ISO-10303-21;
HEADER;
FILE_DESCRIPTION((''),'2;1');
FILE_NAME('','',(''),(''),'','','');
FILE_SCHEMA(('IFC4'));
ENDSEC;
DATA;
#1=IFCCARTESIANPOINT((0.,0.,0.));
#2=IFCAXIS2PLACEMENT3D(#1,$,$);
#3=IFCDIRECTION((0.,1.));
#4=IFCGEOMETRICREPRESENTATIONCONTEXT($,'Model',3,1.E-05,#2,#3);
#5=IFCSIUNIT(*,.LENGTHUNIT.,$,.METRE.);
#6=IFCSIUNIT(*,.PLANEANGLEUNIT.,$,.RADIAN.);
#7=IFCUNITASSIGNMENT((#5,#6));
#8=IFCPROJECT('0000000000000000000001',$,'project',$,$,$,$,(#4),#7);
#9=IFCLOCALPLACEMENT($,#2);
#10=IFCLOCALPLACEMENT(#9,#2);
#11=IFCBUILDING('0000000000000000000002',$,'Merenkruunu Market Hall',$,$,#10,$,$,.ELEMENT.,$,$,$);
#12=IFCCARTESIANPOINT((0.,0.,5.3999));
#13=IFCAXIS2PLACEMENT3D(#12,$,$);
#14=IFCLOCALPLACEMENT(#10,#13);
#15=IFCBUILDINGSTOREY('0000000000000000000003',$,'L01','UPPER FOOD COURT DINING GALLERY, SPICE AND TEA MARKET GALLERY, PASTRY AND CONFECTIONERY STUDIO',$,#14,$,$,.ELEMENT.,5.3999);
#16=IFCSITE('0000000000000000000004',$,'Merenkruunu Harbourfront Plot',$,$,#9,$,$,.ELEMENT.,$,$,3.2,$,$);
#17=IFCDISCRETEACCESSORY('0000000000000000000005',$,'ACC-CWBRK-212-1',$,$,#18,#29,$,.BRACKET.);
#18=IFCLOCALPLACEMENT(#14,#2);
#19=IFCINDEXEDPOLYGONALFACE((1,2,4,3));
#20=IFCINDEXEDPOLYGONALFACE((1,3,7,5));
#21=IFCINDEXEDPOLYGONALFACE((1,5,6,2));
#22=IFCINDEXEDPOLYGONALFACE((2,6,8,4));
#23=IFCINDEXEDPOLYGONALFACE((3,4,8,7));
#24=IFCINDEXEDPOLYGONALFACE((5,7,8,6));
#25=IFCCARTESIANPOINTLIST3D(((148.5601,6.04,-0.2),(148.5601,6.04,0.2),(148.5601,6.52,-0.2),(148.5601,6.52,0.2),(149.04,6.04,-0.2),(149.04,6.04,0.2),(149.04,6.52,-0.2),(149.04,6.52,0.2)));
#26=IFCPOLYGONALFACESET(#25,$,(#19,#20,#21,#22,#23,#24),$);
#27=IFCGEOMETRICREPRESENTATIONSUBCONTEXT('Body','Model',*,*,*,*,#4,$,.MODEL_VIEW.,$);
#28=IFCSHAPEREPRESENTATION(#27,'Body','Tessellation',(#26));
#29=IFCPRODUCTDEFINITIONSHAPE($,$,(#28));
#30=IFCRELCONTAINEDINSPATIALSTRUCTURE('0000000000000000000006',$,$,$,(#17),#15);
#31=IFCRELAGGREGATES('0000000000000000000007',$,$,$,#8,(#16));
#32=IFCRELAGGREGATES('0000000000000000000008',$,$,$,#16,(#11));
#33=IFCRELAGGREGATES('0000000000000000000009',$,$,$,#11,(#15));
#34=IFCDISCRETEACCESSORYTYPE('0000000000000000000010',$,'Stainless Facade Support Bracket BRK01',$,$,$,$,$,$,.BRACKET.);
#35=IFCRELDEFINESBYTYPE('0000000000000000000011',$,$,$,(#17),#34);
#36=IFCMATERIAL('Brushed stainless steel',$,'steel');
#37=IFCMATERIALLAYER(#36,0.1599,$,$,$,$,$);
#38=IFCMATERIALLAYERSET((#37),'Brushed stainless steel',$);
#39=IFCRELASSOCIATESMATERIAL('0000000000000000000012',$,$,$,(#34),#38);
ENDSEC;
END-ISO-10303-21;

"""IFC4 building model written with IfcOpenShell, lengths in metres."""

from ifc_helpers import new_model, si_unit, direction, frame, origin, origin_2d, place, context, subcontext, project, spatial, rectangle, extrude, material, layer, layer_set, type_object, element, save


model = new_model("IFC4")

# Units and contexts
model_context = context("Model", 3, precision=1e-05, world=origin(), true_north=direction((0.0, 1.0)))
body_context = subcontext(model_context, "Body", "Model", "MODEL_VIEW")
ifc_project = project(units=[si_unit("LENGTHUNIT", "METRE"), si_unit("PLANEANGLEUNIT", "RADIAN")], contexts=[model_context])

# Site, building, storey
site_placement = place(None, origin())
site = spatial("IfcSite", under=ifc_project, at=site_placement, Name="Merenkruunu Harbourfront Plot", CompositionType="ELEMENT", RefElevation=3.2)
building_placement = place(site_placement, origin())
building = spatial("IfcBuilding", under=site, at=building_placement, Name="Merenkruunu Market Hall", CompositionType="ELEMENT")
storey_placement = place(building_placement, frame((0.0, 0.0, 5.3999)))
storey = spatial("IfcBuildingStorey", under=building, at=storey_placement, Name="L01", Description="UPPER FOOD COURT DINING GALLERY, SPICE AND TEA MARKET GALLERY, PASTRY AND CONFECTIONERY STUDIO", CompositionType="ELEMENT", Elevation=5.3999)

# Discrete accessory
ifc_material_1 = material(Name="Brushed stainless steel", Category="steel")
ifc_layer_1 = layer(ifc_material_1, 0.1599)
ifc_layer_set_1 = layer_set([ifc_layer_1], Name="Brushed stainless steel")
discrete_accessory_type = type_object("IfcDiscreteAccessoryType", Name="Stainless Facade Support Bracket BRK01", PredefinedType="BRACKET", material=ifc_layer_set_1)
for number, where, z_axis, x_axis, name in (
    (1, (148.8, 6.28, -0.2), (0.0, 0.0, 1.0), (1.0, 0.0, 0.0), "ACC-CWBRK-212-1"),
):
    element("IfcDiscreteAccessory", number, at=place(storey_placement, frame(where, z_axis=z_axis, x_axis=x_axis)), inside=storey, type_object=discrete_accessory_type, Name=name, PredefinedType="BRACKET", context=body_context, shape_type="SweptSolid", body=[
        extrude(rectangle(XDim=0.48, YDim=0.48, at=origin_2d()), origin(), (0.0, 0.0, 1.0), 0.3999),
    ])

save(model, "model.ifc")
